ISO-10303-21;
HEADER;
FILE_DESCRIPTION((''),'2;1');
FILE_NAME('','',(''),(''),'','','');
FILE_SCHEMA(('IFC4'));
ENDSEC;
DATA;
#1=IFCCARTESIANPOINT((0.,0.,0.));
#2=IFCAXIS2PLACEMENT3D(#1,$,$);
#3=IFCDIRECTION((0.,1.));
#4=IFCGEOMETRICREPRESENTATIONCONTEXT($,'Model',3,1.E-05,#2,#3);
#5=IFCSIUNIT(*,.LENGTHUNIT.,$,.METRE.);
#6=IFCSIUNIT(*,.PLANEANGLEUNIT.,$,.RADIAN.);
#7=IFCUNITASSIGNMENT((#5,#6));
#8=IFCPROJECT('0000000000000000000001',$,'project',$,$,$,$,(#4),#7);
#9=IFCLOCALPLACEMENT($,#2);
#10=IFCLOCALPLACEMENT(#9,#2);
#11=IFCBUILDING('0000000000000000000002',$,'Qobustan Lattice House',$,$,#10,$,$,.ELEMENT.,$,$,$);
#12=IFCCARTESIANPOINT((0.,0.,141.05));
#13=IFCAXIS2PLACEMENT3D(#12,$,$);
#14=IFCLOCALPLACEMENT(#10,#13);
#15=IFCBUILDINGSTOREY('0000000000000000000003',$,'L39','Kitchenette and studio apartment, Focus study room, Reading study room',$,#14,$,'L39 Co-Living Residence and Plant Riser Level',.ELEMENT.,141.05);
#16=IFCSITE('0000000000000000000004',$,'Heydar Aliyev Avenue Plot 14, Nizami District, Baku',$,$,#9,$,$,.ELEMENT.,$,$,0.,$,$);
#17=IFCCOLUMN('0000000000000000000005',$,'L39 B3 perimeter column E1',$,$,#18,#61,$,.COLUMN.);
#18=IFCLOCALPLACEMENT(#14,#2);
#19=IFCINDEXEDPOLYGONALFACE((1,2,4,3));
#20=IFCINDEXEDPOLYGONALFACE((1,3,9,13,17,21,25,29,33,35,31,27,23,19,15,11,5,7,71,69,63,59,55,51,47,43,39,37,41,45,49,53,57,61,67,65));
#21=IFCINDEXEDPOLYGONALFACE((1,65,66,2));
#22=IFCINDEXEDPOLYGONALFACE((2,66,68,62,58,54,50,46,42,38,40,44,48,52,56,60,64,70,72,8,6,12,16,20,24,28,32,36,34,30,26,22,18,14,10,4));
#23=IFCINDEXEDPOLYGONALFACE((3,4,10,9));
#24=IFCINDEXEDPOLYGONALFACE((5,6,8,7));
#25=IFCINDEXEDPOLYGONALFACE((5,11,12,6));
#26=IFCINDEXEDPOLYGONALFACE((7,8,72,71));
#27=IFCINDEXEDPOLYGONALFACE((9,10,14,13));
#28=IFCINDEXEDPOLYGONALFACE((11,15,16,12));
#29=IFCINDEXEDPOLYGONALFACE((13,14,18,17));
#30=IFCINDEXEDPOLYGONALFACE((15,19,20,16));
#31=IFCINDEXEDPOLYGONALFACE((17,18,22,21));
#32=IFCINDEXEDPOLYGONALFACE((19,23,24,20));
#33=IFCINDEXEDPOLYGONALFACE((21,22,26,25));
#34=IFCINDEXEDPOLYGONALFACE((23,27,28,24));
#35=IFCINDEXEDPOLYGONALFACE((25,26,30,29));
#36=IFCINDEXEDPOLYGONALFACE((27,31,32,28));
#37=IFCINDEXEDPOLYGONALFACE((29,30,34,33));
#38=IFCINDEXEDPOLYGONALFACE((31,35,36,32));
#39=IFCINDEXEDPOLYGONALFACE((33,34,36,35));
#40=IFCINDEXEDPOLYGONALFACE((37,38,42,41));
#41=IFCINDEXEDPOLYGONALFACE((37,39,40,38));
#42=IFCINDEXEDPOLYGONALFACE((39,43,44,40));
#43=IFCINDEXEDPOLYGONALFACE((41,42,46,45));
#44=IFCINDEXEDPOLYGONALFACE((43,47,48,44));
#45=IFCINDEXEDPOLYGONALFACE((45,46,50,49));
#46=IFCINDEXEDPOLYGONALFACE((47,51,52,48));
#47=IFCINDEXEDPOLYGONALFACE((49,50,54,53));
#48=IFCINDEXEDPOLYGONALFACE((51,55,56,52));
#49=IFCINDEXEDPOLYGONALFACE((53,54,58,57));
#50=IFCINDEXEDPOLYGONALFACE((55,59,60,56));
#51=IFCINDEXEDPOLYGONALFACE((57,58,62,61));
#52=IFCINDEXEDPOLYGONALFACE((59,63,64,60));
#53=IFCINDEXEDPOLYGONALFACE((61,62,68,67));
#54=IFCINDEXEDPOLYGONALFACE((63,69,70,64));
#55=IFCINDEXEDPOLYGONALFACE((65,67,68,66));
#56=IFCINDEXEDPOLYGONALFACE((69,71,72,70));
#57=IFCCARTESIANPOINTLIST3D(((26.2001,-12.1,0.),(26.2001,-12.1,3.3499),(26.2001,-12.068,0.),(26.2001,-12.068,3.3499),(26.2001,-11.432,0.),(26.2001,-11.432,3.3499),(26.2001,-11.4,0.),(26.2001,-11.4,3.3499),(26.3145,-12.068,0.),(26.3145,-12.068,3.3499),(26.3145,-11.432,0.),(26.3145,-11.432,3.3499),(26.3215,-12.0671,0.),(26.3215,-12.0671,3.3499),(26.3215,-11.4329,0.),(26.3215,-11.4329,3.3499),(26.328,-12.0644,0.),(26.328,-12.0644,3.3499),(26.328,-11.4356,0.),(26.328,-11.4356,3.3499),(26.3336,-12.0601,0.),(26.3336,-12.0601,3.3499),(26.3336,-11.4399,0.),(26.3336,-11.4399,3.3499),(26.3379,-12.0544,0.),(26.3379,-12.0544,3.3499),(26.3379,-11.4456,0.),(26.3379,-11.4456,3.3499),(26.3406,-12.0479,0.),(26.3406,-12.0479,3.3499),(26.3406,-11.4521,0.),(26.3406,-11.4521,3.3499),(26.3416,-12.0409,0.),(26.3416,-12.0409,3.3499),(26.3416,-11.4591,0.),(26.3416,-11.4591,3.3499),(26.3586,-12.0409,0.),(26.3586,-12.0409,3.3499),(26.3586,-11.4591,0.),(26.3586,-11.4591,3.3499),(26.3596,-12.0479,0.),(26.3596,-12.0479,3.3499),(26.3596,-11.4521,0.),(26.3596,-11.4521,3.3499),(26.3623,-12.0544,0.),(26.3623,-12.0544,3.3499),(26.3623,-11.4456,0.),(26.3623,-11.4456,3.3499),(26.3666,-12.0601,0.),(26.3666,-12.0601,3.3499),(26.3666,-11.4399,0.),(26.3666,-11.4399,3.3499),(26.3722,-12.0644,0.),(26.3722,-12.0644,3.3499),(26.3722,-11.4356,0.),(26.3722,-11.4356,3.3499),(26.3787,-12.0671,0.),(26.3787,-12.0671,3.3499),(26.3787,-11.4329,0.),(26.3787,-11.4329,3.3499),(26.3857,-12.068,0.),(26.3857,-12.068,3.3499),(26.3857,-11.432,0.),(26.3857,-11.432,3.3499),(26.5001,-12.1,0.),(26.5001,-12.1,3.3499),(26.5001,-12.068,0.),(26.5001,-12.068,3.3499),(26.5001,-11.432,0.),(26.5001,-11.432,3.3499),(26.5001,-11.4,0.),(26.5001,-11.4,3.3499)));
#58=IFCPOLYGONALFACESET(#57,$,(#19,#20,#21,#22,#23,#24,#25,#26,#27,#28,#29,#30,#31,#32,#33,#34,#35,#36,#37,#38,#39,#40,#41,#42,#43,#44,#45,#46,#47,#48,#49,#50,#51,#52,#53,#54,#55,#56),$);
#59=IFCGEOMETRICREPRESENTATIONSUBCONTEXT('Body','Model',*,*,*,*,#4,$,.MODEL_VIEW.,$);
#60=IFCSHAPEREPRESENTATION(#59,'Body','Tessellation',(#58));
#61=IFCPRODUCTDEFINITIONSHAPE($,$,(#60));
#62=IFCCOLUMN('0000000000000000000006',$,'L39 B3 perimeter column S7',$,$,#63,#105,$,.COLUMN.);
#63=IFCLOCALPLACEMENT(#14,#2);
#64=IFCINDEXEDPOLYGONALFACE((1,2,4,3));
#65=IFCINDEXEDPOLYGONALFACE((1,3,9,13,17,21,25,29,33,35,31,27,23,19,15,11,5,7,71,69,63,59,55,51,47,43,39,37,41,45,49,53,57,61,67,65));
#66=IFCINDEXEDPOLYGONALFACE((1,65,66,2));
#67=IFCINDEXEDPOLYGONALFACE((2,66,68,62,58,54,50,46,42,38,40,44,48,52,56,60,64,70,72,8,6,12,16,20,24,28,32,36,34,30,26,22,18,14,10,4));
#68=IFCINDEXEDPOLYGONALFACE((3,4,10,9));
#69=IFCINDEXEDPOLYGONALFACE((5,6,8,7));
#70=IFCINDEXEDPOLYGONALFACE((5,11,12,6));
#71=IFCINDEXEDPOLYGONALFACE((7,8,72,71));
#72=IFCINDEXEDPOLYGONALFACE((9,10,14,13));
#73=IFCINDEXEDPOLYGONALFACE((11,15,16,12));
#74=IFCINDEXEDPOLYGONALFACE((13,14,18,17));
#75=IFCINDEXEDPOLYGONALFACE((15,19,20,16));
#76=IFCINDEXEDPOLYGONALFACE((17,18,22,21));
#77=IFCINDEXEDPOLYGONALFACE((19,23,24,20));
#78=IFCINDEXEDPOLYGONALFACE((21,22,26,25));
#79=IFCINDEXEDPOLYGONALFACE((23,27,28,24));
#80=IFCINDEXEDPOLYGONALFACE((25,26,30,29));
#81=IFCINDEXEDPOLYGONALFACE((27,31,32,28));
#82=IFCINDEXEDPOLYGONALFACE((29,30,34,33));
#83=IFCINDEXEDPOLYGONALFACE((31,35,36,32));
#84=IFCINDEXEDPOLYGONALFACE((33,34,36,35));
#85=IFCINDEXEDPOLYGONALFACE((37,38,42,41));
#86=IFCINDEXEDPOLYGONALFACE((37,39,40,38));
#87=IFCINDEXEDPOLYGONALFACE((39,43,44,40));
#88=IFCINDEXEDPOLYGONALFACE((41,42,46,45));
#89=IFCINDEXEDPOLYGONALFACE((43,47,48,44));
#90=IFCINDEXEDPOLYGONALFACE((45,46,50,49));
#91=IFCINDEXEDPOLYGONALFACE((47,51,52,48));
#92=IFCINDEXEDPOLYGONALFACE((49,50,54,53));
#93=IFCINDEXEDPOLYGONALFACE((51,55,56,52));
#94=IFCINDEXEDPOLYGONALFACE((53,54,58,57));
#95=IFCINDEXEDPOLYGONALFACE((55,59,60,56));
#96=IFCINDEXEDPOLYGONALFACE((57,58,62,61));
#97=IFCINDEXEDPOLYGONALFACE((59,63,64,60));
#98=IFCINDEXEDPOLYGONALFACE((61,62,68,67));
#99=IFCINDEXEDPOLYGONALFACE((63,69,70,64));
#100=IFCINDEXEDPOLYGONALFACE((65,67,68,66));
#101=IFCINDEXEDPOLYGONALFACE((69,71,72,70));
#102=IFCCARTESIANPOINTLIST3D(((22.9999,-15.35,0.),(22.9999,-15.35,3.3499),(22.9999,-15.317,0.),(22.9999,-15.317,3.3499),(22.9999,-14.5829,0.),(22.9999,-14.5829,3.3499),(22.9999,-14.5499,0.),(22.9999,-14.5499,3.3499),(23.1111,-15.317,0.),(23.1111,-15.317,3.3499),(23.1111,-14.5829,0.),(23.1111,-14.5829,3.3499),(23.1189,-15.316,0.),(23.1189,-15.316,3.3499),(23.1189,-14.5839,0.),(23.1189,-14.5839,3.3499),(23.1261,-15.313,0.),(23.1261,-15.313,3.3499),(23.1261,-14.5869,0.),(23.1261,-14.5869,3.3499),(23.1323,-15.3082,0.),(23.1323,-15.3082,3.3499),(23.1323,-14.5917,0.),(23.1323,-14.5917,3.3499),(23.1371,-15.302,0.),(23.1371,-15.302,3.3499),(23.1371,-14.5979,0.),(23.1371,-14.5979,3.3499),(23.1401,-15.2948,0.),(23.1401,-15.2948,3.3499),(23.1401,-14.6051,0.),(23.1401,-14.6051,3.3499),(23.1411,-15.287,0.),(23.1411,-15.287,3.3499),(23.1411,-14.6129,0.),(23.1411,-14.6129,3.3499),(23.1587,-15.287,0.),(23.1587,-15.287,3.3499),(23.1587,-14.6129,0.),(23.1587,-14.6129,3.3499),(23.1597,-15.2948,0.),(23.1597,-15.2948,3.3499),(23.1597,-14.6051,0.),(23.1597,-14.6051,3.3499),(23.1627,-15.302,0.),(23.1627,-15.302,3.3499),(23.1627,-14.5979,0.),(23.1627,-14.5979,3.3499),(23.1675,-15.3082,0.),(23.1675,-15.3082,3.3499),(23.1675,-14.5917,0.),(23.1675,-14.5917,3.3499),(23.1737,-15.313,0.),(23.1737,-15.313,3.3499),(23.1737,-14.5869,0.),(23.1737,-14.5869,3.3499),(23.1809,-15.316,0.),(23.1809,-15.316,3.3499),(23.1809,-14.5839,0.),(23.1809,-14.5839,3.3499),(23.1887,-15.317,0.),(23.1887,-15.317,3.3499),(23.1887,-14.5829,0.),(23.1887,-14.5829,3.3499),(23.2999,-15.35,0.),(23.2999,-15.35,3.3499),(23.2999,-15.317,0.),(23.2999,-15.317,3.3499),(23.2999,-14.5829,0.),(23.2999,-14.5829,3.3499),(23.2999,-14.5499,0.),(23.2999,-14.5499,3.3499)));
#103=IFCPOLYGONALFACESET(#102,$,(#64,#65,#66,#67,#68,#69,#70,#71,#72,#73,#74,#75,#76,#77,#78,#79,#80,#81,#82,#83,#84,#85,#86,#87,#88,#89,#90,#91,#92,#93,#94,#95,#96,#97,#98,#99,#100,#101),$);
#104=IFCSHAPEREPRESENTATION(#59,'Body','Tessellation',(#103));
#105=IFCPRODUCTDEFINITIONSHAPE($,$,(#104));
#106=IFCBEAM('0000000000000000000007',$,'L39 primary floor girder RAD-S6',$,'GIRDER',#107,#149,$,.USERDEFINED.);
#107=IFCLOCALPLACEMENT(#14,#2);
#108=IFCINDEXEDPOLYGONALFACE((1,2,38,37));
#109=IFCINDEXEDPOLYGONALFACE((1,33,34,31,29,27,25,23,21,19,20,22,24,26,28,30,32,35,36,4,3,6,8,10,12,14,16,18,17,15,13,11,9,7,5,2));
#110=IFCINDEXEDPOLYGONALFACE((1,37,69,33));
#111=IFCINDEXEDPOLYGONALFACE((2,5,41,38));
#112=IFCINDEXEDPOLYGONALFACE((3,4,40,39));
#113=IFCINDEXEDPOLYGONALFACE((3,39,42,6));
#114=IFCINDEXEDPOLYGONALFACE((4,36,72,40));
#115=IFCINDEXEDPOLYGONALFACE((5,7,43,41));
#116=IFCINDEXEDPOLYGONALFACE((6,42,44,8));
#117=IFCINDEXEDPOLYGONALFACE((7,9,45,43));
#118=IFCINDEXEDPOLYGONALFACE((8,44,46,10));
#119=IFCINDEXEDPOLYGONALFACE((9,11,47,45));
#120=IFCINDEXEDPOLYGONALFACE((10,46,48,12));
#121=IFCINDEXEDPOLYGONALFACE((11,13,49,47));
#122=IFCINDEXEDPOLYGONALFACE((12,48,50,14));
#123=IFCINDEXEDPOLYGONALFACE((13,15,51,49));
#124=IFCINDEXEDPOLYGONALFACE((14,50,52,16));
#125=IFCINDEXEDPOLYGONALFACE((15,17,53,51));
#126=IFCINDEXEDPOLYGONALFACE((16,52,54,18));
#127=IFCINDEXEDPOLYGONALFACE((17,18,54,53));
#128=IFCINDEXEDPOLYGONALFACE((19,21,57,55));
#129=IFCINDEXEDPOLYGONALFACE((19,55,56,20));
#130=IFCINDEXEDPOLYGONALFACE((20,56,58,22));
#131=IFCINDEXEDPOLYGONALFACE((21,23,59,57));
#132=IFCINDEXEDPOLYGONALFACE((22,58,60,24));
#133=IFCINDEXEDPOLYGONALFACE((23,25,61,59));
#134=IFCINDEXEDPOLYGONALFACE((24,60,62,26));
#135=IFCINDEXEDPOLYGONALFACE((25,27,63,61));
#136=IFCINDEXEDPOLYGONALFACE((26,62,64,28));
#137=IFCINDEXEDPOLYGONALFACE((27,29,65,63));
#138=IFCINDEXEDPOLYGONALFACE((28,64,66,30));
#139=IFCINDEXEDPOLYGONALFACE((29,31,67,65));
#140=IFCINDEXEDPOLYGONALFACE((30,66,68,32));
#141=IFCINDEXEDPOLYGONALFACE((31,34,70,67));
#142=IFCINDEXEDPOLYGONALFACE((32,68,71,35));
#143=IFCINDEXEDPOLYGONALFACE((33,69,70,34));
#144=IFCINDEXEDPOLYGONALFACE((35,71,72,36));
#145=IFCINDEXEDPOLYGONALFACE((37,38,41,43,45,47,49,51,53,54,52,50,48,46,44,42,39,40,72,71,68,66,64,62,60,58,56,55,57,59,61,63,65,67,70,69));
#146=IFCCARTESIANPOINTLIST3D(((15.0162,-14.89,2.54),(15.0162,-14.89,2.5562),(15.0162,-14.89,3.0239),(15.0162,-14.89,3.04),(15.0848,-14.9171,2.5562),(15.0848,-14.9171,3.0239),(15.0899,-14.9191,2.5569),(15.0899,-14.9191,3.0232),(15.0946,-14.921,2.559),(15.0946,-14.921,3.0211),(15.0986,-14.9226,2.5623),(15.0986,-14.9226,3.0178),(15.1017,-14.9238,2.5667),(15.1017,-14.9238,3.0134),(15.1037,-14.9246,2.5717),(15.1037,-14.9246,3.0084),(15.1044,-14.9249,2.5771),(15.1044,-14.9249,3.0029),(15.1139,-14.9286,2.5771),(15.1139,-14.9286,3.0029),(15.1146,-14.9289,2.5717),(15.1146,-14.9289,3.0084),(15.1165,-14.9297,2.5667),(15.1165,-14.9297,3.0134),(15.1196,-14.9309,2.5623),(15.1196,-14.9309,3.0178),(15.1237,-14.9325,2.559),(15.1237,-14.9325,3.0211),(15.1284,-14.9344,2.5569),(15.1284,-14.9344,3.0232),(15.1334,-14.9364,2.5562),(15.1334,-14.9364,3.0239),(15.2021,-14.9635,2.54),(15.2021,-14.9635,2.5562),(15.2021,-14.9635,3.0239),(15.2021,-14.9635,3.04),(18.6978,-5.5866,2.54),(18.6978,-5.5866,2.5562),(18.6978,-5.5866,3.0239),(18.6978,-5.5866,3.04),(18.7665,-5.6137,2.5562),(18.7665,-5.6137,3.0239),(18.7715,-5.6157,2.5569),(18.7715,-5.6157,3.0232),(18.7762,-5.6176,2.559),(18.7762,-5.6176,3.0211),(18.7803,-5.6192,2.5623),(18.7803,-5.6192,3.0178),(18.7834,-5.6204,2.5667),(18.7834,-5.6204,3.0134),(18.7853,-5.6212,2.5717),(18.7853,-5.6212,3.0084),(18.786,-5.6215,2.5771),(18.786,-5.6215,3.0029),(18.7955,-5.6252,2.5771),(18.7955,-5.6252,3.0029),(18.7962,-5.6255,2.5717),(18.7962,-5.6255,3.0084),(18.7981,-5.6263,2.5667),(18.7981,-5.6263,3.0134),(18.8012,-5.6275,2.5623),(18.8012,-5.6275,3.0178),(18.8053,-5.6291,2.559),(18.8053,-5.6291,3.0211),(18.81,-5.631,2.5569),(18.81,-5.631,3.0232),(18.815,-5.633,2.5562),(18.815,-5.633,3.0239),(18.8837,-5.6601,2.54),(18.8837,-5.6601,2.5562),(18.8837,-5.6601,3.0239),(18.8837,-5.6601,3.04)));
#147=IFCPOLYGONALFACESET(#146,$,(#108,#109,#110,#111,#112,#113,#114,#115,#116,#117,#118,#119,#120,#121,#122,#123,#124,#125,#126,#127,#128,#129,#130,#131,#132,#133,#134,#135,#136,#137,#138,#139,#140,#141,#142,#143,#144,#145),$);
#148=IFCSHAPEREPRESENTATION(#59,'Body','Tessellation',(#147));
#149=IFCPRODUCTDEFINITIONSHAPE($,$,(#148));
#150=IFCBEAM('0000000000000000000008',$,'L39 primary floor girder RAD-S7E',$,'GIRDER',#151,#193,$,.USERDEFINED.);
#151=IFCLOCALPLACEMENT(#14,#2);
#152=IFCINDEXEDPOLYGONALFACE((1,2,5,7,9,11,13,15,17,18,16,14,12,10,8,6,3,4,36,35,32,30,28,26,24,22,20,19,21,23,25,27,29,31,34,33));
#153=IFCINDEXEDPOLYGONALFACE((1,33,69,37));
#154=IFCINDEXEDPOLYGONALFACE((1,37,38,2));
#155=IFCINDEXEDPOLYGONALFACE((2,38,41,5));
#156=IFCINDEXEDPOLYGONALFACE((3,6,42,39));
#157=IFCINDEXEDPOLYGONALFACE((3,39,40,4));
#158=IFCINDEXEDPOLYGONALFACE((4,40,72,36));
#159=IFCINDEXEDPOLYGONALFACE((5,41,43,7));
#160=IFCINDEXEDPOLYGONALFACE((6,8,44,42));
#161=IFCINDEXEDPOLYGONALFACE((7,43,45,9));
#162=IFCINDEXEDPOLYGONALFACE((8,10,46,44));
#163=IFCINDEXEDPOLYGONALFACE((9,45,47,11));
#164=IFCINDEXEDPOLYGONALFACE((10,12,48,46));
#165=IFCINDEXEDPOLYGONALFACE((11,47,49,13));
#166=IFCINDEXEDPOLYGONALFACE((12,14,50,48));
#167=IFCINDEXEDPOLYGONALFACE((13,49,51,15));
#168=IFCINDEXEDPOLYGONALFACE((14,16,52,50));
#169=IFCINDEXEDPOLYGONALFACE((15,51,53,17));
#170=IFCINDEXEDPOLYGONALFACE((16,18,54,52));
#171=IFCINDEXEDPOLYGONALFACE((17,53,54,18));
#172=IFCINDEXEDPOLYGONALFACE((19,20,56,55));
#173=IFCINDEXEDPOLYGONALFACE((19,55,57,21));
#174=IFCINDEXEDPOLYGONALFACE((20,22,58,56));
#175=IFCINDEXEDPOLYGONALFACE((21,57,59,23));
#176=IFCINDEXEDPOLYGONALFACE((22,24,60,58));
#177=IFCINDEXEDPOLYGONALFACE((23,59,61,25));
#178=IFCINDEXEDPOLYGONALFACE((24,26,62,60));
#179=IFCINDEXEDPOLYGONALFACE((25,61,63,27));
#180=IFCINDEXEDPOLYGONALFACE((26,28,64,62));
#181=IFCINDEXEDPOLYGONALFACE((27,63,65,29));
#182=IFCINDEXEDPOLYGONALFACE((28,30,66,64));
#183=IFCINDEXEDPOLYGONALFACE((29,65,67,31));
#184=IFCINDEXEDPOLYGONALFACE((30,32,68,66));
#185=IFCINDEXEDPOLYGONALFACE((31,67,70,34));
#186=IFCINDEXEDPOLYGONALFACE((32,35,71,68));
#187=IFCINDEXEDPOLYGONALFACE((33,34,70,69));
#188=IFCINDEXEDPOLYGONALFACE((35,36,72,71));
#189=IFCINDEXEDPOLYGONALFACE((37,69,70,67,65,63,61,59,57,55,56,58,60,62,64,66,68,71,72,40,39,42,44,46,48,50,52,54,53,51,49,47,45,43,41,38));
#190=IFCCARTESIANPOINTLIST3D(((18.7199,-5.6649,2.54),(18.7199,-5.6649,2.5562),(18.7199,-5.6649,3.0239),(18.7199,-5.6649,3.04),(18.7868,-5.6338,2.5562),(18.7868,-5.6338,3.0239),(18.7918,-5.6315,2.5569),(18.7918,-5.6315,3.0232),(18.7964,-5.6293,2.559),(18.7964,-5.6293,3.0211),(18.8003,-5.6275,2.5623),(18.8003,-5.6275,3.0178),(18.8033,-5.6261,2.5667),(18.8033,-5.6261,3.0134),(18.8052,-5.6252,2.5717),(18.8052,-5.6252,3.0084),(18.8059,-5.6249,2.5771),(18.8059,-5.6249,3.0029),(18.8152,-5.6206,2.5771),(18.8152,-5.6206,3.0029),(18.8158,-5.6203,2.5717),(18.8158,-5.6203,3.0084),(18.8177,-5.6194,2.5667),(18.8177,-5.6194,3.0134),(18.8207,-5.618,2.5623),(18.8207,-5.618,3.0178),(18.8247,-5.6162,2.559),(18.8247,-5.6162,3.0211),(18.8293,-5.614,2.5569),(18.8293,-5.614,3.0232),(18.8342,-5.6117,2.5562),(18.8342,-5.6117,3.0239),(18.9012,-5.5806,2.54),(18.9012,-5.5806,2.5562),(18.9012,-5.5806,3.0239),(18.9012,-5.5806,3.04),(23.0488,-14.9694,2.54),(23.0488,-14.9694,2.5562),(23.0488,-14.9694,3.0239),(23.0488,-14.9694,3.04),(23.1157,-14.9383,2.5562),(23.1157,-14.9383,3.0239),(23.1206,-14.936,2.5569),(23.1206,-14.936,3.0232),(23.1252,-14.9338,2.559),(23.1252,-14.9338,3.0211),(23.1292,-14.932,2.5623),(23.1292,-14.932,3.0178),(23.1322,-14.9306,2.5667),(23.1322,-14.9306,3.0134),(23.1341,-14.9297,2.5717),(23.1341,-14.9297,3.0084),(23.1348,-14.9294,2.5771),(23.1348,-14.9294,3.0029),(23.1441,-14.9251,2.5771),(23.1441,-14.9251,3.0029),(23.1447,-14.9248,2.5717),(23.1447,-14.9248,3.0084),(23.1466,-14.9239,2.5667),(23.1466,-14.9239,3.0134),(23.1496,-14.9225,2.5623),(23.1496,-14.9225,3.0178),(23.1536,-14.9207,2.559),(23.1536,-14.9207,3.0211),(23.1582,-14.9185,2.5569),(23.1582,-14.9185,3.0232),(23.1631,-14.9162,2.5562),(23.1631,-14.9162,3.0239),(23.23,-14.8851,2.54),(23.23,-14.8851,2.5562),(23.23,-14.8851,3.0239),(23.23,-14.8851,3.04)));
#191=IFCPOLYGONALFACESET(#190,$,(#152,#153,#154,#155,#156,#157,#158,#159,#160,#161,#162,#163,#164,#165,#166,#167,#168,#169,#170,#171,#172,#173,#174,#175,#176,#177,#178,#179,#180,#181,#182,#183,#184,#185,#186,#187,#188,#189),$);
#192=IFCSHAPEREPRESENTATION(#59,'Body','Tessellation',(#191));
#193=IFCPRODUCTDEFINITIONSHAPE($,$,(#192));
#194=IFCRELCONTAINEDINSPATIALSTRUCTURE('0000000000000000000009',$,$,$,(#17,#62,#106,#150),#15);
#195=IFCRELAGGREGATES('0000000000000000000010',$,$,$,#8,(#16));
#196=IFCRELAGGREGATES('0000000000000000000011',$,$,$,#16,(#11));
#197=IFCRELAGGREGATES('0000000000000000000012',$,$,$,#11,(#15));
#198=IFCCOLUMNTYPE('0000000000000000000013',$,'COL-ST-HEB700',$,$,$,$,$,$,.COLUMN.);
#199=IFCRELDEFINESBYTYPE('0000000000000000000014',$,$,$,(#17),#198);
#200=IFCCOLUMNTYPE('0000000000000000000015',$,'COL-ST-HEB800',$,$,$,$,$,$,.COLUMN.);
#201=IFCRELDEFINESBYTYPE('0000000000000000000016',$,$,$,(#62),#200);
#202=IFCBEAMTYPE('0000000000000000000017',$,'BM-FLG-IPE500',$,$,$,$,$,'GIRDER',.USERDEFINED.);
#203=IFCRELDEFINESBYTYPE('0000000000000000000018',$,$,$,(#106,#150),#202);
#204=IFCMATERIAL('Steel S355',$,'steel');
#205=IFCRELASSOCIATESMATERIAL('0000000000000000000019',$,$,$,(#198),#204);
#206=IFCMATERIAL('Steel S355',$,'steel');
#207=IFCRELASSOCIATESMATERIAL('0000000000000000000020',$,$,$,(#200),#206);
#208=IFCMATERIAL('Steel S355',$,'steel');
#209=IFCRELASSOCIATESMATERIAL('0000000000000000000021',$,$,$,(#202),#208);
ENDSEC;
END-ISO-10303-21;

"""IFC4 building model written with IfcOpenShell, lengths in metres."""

from ifc_helpers import new_model, si_unit, direction, frame, origin, origin_2d, place, context, subcontext, project, spatial, i_section, extrude, material, material_profile, profile_set, type_object, element, save


model = new_model("IFC4")

# Units and contexts
model_context = context("Model", 3, precision=1e-05, world=origin(), true_north=direction((0.0, 1.0)))
body_context = subcontext(model_context, "Body", "Model", "MODEL_VIEW")
ifc_project = project(units=[si_unit("LENGTHUNIT", "METRE"), si_unit("PLANEANGLEUNIT", "RADIAN")], contexts=[model_context])

# Site, building, storey
site_placement = place(None, origin())
site = spatial("IfcSite", under=ifc_project, at=site_placement, Name="Heydar Aliyev Avenue Plot 14, Nizami District, Baku", CompositionType="ELEMENT", RefElevation=0.0)
building_placement = place(site_placement, origin())
building = spatial("IfcBuilding", under=site, at=building_placement, Name="Qobustan Lattice House", CompositionType="ELEMENT")
storey_placement = place(building_placement, frame((0.0, 0.0, 141.05)))
storey = spatial("IfcBuildingStorey", under=building, at=storey_placement, Name="L39", Description="Kitchenette and studio apartment, Focus study room, Reading study room", LongName="L39 Co-Living Residence and Plant Riser Level", CompositionType="ELEMENT", Elevation=141.05)

# Columns
ifc_material_1 = material(Name="Steel S355", Category="steel")
ifc_material_profile_1 = material_profile(ifc_material_1, i_section(OverallWidth=0.3, OverallDepth=0.7, WebThickness=0.0171, FlangeThickness=0.032, FilletRadius=0.0271, at=origin_2d()), Name="HEB700")
ifc_profile_set_1 = profile_set([ifc_material_profile_1], Name="Steel S355")
column_type_1 = type_object("IfcColumnType", Name="COL-ST-HEB700", PredefinedType="COLUMN", material=ifc_profile_set_1)
column_1_placement = place(storey_placement, frame((26.3501, -11.75, 0.0), z_axis=(0.0, 0.0, 1.0), x_axis=(1.0, 0.0, 0.0)))
element("IfcColumn", 1, at=column_1_placement, inside=storey, type_object=column_type_1, Name="L39 B3 perimeter column E1", PredefinedType="COLUMN", context=body_context, shape_type="SweptSolid", body=[
    extrude(i_section(OverallWidth=0.3, OverallDepth=0.7, WebThickness=0.0171, FlangeThickness=0.032, FilletRadius=0.0271, at=origin_2d()), origin(), (0.0, 0.0, 1.0), 3.3499),
])
ifc_material_2 = material(Name="Steel S355", Category="steel")
ifc_material_profile_2 = material_profile(ifc_material_2, i_section(OverallWidth=0.3, OverallDepth=0.8, WebThickness=0.0176, FlangeThickness=0.033, FilletRadius=0.03, at=origin_2d()), Name="HEB800")
ifc_profile_set_2 = profile_set([ifc_material_profile_2], Name="Steel S355")
column_type_2 = type_object("IfcColumnType", Name="COL-ST-HEB800", PredefinedType="COLUMN", material=ifc_profile_set_2)
column_2_placement = place(storey_placement, frame((23.1499, -14.95, 0.0), z_axis=(0.0, 0.0, 1.0), x_axis=(1.0, 0.0, 0.0)))
element("IfcColumn", 2, at=column_2_placement, inside=storey, type_object=column_type_2, Name="L39 B3 perimeter column S7", PredefinedType="COLUMN", context=body_context, shape_type="SweptSolid", body=[
    extrude(i_section(OverallWidth=0.3, OverallDepth=0.8, WebThickness=0.0176, FlangeThickness=0.033, FilletRadius=0.03, at=origin_2d()), origin(), (0.0, 0.0, 1.0), 3.3499),
])

# Beams
ifc_material_3 = material(Name="Steel S355", Category="steel")
ifc_material_profile_3 = material_profile(ifc_material_3, i_section(OverallWidth=0.2, OverallDepth=0.5, WebThickness=0.0103, FlangeThickness=0.0161, FilletRadius=0.021, at=origin_2d()), Name="IPE500")
ifc_profile_set_3 = profile_set([ifc_material_profile_3], Name="Steel S355")
beam_type_1 = type_object("IfcBeamType", Name="BM-FLG-IPE500", ElementType="GIRDER", PredefinedType="USERDEFINED", material=ifc_profile_set_3)
beam_1_placement = place(storey_placement, frame((15.1091, -14.9268, 2.79), z_axis=(0.367964, 0.92984, 0.0), x_axis=(-0.92984, 0.367964, 0.0)))
element("IfcBeam", 3, at=beam_1_placement, inside=storey, type_object=beam_type_1, Name="L39 primary floor girder RAD-S6", ObjectType="GIRDER", PredefinedType="USERDEFINED", context=body_context, shape_type="SweptSolid", body=[
    extrude(i_section(OverallWidth=0.2, OverallDepth=0.5, WebThickness=0.0103, FlangeThickness=0.0161, FilletRadius=0.021, at=origin_2d()), origin(), (0.0, 0.0, 1.0), 10.0054),
])
beam_2_placement = place(storey_placement, frame((23.1394, -14.9272, 2.79), z_axis=(-0.421828, 0.906676, 0.0), x_axis=(-0.906676, -0.421828, 0.0)))
element("IfcBeam", 4, at=beam_2_placement, inside=storey, type_object=beam_type_1, Name="L39 primary floor girder RAD-S7E", ObjectType="GIRDER", PredefinedType="USERDEFINED", context=body_context, shape_type="SweptSolid", body=[
    extrude(i_section(OverallWidth=0.2, OverallDepth=0.5, WebThickness=0.0103, FlangeThickness=0.0161, FilletRadius=0.021, at=origin_2d()), origin(), (0.0, 0.0, 1.0), 10.2622),
])

save(model, "model.ifc")
